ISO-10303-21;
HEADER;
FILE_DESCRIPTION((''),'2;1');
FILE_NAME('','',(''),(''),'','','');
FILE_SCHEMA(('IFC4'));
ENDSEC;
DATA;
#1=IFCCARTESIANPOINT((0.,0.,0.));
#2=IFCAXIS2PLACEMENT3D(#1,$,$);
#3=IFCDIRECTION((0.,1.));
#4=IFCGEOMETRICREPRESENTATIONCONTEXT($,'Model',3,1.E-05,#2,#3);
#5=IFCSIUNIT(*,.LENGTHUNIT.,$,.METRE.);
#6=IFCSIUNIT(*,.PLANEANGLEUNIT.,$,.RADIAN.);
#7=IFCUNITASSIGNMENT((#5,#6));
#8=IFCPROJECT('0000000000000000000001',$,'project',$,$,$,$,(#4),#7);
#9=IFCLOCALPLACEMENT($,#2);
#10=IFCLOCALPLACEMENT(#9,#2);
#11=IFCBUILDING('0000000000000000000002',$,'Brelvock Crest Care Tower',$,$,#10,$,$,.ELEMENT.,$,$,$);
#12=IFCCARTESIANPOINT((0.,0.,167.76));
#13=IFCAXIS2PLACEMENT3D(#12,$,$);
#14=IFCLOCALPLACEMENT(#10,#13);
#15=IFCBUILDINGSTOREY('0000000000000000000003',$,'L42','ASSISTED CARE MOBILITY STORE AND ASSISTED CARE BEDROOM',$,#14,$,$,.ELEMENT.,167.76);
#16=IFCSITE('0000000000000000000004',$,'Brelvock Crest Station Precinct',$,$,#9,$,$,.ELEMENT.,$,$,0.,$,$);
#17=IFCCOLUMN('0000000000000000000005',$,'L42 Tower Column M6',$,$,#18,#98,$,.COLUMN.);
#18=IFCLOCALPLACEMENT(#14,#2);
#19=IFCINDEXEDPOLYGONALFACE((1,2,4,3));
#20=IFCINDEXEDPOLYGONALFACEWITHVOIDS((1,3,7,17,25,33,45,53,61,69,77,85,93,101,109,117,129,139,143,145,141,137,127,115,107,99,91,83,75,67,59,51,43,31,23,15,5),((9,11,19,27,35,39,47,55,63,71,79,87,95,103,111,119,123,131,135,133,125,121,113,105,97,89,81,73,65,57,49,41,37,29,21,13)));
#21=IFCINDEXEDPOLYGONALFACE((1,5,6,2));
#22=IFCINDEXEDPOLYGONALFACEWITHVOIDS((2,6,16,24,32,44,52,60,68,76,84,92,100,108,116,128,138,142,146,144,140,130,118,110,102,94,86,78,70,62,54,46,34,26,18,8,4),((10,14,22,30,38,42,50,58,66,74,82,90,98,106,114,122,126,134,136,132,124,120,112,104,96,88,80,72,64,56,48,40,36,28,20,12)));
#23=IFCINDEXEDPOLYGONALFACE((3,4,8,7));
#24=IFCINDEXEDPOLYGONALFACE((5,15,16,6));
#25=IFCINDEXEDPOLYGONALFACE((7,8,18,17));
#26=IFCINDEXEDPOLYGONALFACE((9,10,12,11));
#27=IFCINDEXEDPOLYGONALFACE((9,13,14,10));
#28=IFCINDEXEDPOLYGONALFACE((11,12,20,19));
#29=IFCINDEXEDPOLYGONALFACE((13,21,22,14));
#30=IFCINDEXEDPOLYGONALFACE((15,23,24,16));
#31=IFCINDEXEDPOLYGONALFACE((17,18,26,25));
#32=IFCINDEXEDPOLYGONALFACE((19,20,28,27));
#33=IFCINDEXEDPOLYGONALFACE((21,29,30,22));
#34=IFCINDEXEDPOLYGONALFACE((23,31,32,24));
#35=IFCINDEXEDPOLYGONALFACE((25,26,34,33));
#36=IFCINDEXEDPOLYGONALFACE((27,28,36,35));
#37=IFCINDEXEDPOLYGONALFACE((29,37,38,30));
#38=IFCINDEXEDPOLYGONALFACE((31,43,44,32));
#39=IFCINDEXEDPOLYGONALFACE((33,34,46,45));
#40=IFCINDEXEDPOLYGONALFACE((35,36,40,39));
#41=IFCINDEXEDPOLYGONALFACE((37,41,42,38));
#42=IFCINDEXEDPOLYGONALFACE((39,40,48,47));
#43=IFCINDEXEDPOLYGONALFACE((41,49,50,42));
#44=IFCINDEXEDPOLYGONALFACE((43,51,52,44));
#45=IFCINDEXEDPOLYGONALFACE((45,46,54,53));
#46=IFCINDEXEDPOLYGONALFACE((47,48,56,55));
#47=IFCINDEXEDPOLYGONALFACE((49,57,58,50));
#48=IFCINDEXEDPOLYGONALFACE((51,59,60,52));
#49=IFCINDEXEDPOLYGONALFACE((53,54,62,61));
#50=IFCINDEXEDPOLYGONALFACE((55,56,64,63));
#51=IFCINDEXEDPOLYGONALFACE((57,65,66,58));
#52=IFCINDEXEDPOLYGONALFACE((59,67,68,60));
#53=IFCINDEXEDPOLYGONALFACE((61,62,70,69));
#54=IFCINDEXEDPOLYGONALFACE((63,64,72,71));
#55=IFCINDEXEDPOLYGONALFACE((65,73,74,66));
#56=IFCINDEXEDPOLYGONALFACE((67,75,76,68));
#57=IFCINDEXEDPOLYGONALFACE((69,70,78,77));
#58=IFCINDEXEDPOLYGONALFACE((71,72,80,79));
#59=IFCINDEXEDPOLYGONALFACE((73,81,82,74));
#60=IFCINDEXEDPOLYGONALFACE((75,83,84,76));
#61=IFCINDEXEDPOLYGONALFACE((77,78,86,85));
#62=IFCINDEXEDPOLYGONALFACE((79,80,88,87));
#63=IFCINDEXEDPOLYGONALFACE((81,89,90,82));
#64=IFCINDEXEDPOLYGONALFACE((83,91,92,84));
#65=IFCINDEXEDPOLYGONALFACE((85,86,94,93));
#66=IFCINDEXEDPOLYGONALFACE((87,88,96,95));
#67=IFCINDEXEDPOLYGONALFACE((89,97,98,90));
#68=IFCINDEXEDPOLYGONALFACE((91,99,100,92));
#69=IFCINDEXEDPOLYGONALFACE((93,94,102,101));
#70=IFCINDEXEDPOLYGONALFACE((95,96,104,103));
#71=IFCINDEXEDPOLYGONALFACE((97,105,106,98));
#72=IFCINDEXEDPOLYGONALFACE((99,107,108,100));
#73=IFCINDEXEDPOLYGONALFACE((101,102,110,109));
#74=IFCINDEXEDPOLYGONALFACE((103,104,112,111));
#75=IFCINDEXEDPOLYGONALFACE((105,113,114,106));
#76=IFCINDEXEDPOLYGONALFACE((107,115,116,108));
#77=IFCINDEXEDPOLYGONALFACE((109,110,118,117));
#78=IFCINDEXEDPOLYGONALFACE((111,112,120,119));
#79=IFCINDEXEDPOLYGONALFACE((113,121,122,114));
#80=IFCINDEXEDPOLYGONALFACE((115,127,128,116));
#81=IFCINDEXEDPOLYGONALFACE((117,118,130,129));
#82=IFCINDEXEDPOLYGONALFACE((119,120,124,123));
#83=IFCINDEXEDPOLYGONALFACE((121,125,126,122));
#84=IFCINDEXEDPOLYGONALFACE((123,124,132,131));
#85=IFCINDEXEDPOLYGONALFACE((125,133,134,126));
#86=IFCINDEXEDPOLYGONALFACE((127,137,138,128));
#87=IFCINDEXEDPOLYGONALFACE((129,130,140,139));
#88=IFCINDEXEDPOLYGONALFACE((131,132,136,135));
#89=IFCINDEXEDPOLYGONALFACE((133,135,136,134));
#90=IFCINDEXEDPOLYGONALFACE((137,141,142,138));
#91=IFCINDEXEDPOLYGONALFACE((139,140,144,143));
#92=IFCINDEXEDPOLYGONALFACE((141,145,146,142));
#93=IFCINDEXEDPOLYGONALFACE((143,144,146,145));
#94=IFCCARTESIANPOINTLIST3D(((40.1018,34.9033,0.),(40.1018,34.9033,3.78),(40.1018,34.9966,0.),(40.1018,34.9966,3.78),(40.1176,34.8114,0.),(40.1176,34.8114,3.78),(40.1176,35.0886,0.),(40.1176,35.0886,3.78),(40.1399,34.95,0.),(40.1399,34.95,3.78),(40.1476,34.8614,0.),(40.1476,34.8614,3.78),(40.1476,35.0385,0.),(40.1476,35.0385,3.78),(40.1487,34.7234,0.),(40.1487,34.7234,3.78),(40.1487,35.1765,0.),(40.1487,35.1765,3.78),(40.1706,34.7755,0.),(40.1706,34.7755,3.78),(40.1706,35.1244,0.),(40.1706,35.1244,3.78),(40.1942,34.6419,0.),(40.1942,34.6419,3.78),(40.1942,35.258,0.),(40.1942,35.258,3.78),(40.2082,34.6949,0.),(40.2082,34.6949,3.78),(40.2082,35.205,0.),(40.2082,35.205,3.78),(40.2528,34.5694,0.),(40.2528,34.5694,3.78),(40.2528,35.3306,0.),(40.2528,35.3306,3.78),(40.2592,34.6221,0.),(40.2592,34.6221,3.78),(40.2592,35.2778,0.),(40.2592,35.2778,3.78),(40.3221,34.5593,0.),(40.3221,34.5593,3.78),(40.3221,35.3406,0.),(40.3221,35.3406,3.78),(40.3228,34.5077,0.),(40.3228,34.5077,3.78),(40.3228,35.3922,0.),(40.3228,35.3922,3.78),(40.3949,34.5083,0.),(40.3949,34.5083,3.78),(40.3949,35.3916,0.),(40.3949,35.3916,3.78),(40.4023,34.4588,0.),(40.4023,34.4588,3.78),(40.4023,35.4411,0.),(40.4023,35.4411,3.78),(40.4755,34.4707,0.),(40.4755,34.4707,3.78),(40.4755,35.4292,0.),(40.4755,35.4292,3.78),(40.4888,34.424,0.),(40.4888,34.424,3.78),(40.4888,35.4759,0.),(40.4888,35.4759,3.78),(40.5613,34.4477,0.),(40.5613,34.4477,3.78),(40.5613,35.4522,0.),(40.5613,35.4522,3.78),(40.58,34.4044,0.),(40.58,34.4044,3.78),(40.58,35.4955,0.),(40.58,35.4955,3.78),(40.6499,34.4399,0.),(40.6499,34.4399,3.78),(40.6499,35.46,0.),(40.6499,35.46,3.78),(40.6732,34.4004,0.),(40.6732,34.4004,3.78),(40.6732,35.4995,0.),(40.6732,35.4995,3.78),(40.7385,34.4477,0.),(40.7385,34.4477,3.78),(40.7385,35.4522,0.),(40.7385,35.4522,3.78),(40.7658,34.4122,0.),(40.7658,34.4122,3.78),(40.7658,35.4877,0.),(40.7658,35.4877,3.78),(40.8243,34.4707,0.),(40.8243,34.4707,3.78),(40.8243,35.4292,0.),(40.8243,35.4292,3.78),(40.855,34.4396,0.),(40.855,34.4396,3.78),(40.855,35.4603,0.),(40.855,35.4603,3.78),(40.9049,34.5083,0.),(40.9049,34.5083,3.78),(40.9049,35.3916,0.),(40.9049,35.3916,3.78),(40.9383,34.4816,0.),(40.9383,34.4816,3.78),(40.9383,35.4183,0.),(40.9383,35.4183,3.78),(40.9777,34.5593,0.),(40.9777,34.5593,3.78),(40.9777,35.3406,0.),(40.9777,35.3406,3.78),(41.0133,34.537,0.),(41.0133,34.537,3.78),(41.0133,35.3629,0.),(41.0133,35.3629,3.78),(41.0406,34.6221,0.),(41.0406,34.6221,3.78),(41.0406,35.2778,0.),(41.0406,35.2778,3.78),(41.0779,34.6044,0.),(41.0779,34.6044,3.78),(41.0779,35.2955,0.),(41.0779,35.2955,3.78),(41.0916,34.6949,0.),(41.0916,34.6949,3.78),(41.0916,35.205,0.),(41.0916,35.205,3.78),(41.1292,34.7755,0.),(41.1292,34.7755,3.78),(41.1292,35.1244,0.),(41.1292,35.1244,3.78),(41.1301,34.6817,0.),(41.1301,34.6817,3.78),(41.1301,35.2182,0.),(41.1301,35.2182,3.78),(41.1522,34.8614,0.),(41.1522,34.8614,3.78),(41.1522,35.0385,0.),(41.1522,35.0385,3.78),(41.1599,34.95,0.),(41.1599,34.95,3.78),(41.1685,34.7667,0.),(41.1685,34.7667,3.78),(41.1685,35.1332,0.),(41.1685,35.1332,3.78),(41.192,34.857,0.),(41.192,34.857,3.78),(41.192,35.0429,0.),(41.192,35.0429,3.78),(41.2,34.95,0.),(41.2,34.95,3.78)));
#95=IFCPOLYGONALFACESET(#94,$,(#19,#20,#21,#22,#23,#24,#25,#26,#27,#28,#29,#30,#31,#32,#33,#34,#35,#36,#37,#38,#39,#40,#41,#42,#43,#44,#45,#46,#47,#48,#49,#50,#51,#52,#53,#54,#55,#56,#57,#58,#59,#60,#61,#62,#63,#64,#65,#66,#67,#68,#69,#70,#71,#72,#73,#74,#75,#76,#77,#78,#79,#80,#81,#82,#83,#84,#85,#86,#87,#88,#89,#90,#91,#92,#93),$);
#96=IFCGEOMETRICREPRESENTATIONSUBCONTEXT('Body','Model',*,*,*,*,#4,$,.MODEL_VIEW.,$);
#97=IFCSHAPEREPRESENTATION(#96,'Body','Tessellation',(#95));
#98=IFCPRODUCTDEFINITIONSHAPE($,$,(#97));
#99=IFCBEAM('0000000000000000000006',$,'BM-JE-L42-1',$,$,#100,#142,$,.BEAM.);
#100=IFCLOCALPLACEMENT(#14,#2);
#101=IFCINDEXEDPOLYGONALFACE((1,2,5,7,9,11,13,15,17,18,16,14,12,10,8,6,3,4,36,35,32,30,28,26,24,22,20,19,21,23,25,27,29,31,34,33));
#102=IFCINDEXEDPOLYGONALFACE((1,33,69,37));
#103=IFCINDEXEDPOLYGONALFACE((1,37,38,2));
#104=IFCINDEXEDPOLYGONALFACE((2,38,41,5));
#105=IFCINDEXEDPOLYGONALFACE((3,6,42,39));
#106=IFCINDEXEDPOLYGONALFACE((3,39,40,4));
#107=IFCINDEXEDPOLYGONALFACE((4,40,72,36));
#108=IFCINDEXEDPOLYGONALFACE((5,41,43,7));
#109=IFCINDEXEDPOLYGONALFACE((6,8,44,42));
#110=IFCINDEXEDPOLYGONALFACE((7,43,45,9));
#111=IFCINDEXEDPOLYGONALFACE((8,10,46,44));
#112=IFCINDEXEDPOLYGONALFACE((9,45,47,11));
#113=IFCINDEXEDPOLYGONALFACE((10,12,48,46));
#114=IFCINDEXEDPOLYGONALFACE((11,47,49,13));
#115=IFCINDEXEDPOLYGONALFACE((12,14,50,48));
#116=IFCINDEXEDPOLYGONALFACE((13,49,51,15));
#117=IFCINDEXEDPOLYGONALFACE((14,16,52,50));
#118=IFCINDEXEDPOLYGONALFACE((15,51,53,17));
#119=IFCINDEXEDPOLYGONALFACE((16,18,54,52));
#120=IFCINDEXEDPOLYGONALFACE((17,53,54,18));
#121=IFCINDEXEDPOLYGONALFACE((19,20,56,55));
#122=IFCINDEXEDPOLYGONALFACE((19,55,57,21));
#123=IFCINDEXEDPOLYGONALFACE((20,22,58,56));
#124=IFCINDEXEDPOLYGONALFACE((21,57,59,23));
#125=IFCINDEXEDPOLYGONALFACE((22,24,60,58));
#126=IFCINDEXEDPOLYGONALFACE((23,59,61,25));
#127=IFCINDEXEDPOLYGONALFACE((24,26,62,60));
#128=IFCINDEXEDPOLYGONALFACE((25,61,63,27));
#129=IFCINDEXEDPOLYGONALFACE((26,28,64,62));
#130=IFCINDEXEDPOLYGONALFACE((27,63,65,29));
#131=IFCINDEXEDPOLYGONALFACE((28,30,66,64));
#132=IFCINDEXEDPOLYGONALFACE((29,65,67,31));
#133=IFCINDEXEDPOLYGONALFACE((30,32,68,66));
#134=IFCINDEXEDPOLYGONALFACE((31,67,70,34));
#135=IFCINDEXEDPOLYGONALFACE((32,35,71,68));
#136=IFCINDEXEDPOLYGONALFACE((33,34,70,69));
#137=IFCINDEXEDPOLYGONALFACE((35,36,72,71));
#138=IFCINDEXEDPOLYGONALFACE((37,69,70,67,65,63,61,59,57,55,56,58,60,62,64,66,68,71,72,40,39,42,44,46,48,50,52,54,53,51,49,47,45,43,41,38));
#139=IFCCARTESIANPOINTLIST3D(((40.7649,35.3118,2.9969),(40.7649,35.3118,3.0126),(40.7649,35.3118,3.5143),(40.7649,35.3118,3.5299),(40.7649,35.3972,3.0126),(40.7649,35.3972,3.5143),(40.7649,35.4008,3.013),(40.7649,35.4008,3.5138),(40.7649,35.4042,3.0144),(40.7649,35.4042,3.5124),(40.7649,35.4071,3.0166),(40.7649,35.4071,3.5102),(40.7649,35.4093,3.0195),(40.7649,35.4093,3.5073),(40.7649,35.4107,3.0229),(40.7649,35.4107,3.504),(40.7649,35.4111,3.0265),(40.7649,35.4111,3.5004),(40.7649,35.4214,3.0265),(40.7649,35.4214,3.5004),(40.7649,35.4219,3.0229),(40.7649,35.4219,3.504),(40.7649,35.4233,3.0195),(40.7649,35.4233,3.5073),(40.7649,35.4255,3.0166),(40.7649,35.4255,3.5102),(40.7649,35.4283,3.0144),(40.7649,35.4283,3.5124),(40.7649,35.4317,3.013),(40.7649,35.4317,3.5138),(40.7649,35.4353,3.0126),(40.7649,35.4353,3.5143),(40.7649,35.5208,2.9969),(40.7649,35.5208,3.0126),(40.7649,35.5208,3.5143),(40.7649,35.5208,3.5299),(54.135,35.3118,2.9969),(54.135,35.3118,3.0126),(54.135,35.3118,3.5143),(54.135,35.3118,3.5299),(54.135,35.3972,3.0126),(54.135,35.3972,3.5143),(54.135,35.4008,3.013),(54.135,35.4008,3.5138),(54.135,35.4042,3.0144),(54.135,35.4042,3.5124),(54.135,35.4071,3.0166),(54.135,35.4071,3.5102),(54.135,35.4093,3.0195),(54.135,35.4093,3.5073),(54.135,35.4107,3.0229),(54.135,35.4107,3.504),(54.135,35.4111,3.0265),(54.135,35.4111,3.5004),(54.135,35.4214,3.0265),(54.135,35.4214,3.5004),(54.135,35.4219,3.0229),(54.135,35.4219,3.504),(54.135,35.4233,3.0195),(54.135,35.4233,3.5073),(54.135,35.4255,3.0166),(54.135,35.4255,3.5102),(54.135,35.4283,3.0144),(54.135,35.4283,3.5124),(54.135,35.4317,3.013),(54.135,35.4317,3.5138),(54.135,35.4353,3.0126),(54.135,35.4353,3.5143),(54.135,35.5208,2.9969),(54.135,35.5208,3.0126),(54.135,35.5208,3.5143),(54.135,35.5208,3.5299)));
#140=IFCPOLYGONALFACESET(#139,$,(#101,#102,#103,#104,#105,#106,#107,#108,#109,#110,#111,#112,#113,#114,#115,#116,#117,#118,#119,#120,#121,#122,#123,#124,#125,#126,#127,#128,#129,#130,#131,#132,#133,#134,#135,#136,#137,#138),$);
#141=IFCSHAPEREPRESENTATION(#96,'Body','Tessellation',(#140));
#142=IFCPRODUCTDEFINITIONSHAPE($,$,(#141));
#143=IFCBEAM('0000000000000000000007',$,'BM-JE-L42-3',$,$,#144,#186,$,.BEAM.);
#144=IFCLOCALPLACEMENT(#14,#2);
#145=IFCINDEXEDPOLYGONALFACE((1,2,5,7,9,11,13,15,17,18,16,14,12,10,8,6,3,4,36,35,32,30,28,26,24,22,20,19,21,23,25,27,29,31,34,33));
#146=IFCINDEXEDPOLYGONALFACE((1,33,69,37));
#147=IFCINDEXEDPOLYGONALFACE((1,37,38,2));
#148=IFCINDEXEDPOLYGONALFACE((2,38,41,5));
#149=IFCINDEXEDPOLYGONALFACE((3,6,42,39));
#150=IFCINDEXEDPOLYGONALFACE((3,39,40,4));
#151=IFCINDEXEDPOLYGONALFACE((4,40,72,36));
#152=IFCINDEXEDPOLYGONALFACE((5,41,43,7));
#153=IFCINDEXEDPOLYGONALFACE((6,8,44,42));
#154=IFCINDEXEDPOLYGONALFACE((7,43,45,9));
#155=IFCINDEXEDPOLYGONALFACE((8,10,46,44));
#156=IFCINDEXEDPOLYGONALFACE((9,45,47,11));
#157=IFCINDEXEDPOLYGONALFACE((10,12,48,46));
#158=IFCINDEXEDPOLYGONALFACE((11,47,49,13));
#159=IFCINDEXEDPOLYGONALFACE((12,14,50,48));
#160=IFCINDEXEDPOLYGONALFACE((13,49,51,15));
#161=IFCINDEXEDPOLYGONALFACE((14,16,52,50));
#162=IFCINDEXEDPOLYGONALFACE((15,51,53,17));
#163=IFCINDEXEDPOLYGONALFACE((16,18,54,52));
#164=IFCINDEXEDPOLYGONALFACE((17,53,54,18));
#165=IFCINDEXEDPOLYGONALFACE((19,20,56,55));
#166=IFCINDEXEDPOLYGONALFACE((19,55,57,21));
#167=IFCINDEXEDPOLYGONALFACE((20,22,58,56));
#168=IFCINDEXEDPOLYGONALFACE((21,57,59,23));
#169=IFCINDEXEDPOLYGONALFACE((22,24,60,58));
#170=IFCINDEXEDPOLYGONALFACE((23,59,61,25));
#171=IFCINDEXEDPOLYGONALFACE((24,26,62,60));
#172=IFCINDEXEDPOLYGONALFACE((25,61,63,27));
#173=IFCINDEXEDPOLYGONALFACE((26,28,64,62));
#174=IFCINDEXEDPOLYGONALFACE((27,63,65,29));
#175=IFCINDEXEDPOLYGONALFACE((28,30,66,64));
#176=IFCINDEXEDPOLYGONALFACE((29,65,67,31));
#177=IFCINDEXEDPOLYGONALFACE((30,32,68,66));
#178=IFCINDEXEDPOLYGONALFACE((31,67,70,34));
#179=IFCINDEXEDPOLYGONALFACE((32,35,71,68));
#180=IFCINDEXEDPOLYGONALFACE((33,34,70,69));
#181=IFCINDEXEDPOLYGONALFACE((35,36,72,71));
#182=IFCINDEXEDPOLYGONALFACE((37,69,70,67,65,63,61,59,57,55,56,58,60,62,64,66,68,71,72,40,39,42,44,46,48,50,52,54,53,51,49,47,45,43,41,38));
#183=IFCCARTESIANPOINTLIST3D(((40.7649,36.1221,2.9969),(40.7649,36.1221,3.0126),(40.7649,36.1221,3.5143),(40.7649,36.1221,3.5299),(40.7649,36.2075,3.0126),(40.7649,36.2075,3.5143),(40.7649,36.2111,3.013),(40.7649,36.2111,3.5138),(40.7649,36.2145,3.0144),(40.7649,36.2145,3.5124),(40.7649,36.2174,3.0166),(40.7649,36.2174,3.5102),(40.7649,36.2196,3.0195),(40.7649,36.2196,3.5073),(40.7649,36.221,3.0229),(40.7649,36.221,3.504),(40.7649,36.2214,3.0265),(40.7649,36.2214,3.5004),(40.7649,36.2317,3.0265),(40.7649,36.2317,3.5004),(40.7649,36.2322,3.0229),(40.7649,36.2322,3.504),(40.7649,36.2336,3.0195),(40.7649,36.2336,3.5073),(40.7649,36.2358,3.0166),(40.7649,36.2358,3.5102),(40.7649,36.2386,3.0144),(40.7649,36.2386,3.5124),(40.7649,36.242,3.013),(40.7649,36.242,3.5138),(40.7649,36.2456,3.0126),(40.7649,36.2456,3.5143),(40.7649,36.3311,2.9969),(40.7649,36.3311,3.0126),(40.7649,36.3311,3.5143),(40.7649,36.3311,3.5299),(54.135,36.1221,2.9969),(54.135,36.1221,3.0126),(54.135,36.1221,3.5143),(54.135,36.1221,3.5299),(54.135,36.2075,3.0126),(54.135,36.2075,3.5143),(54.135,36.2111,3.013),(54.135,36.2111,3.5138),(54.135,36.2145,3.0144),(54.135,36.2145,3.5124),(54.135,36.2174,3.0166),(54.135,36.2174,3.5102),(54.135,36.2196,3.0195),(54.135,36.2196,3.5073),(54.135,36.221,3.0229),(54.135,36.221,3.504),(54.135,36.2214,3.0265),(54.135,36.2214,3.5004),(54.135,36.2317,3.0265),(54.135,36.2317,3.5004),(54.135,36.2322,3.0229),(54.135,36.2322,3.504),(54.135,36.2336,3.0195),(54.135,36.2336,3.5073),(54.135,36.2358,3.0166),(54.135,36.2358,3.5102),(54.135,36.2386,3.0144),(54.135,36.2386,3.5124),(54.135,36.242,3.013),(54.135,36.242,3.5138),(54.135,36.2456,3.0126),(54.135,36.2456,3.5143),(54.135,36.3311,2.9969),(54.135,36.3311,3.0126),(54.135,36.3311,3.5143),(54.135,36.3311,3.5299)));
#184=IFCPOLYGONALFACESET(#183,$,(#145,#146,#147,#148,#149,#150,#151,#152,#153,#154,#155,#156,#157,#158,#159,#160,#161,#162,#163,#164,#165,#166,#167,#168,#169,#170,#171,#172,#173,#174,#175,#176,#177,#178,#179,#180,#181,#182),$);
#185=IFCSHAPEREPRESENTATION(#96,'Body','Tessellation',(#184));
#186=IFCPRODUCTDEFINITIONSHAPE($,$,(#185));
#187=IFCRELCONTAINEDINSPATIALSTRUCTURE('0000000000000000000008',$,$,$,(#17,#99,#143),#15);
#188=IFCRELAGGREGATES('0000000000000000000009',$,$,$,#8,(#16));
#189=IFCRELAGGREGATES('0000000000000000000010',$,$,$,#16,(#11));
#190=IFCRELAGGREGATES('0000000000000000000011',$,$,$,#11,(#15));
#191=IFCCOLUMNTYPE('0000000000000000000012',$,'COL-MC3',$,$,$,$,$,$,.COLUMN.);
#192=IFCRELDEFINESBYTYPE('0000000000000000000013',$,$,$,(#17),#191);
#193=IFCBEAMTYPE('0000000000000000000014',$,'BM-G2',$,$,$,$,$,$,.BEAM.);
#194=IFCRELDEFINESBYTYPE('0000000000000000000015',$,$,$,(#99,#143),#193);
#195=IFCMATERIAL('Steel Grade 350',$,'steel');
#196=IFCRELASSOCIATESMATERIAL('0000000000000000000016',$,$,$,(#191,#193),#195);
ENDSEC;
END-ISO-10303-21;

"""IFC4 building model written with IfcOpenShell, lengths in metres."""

from ifc_helpers import new_model, si_unit, direction, frame, origin, origin_2d, place, context, subcontext, project, spatial, hollow_circle, i_section, extrude, source, transform, mapped, material, material_profile, profile_set, type_object, element, save


model = new_model("IFC4")

# Units and contexts
model_context = context("Model", 3, precision=1e-05, world=origin(), true_north=direction((0.0, 1.0)))
body_context = subcontext(model_context, "Body", "Model", "MODEL_VIEW")
ifc_project = project(units=[si_unit("LENGTHUNIT", "METRE"), si_unit("PLANEANGLEUNIT", "RADIAN")], contexts=[model_context])

# Site, building, storey
site_placement = place(None, origin())
site = spatial("IfcSite", under=ifc_project, at=site_placement, Name="Brelvock Crest Station Precinct", CompositionType="ELEMENT", RefElevation=0.0)
building_placement = place(site_placement, origin())
building = spatial("IfcBuilding", under=site, at=building_placement, Name="Brelvock Crest Care Tower", CompositionType="ELEMENT")
storey_placement = place(building_placement, frame((0.0, 0.0, 167.76)))
storey = spatial("IfcBuildingStorey", under=building, at=storey_placement, Name="L42", Description="ASSISTED CARE MOBILITY STORE AND ASSISTED CARE BEDROOM", CompositionType="ELEMENT", Elevation=167.76)

# Column
ifc_material_1 = material(Name="Steel Grade 350", Category="steel")
ifc_material_profile_1 = material_profile(ifc_material_1, hollow_circle(Radius=0.55, WallThickness=0.04, at=origin_2d()), Name="CFT1100x40")
ifc_profile_set_1 = profile_set([ifc_material_profile_1], Name="Steel Grade 350")
column_type = type_object("IfcColumnType", Name="COL-MC3", PredefinedType="COLUMN", material=ifc_profile_set_1)
shared_shape_1 = source(origin(), body_context, "Body", "SweptSolid", [
    extrude(hollow_circle(Radius=0.55, WallThickness=0.04, at=origin_2d()), origin(), (0.0, 0.0, 1.0), 3.78),
])
column_placement = place(storey_placement, frame((40.6499, 34.95, 0.0), z_axis=(0.0, 0.0, 1.0), x_axis=(1.0, 0.0, 0.0)))
element("IfcColumn", 1, at=column_placement, inside=storey, type_object=column_type, Name="L42 Tower Column M6", PredefinedType="COLUMN", context=body_context, shape_type="MappedRepresentation", body=[
    mapped(shared_shape_1, transform((0.0, 0.0, 0.0), x_axis=(1.0, 0.0, 0.0), y_axis=(0.0, 1.0, 0.0), z_axis=(0.0, 0.0, 1.0), scale=1.0)),
])

# Beams
ifc_material_profile_2 = material_profile(ifc_material_1, i_section(OverallWidth=0.209, OverallDepth=0.533, WebThickness=0.0103, FlangeThickness=0.0156, FilletRadius=0.0139, at=origin_2d()), Name="530UB92.4")
ifc_profile_set_2 = profile_set([ifc_material_profile_2], Name="Steel Grade 350")
beam_type_1 = type_object("IfcBeamType", Name="BM-G2", PredefinedType="BEAM", material=ifc_profile_set_2)
shared_shape_2 = source(origin(), body_context, "Body", "SweptSolid", [
    extrude(i_section(OverallWidth=0.209, OverallDepth=0.533, WebThickness=0.0103, FlangeThickness=0.0156, FilletRadius=0.0139, at=origin_2d()), origin(), (0.0, 0.0, 1.0), 13.3701),
])
for number, where, z_axis, x_axis, name in (
    (2, (40.7649, 35.4163, 3.2634), (1.0, 0.0, 0.0), (0.0, 1.0, 0.0), "BM-JE-L42-1"),
    (3, (40.7649, 36.2266, 3.2634), (1.0, 0.0, 0.0), (0.0, 1.0, 0.0), "BM-JE-L42-3"),
):
    element("IfcBeam", number, at=place(storey_placement, frame(where, z_axis=z_axis, x_axis=x_axis)), inside=storey, type_object=beam_type_1, Name=name, PredefinedType="BEAM", context=body_context, shape_type="MappedRepresentation", body=[
        mapped(shared_shape_2, transform((0.0, 0.0, 0.0), x_axis=(1.0, 0.0, 0.0), y_axis=(0.0, 1.0, 0.0), z_axis=(0.0, 0.0, 1.0), scale=1.0)),
    ])

save(model, "model.ifc")
